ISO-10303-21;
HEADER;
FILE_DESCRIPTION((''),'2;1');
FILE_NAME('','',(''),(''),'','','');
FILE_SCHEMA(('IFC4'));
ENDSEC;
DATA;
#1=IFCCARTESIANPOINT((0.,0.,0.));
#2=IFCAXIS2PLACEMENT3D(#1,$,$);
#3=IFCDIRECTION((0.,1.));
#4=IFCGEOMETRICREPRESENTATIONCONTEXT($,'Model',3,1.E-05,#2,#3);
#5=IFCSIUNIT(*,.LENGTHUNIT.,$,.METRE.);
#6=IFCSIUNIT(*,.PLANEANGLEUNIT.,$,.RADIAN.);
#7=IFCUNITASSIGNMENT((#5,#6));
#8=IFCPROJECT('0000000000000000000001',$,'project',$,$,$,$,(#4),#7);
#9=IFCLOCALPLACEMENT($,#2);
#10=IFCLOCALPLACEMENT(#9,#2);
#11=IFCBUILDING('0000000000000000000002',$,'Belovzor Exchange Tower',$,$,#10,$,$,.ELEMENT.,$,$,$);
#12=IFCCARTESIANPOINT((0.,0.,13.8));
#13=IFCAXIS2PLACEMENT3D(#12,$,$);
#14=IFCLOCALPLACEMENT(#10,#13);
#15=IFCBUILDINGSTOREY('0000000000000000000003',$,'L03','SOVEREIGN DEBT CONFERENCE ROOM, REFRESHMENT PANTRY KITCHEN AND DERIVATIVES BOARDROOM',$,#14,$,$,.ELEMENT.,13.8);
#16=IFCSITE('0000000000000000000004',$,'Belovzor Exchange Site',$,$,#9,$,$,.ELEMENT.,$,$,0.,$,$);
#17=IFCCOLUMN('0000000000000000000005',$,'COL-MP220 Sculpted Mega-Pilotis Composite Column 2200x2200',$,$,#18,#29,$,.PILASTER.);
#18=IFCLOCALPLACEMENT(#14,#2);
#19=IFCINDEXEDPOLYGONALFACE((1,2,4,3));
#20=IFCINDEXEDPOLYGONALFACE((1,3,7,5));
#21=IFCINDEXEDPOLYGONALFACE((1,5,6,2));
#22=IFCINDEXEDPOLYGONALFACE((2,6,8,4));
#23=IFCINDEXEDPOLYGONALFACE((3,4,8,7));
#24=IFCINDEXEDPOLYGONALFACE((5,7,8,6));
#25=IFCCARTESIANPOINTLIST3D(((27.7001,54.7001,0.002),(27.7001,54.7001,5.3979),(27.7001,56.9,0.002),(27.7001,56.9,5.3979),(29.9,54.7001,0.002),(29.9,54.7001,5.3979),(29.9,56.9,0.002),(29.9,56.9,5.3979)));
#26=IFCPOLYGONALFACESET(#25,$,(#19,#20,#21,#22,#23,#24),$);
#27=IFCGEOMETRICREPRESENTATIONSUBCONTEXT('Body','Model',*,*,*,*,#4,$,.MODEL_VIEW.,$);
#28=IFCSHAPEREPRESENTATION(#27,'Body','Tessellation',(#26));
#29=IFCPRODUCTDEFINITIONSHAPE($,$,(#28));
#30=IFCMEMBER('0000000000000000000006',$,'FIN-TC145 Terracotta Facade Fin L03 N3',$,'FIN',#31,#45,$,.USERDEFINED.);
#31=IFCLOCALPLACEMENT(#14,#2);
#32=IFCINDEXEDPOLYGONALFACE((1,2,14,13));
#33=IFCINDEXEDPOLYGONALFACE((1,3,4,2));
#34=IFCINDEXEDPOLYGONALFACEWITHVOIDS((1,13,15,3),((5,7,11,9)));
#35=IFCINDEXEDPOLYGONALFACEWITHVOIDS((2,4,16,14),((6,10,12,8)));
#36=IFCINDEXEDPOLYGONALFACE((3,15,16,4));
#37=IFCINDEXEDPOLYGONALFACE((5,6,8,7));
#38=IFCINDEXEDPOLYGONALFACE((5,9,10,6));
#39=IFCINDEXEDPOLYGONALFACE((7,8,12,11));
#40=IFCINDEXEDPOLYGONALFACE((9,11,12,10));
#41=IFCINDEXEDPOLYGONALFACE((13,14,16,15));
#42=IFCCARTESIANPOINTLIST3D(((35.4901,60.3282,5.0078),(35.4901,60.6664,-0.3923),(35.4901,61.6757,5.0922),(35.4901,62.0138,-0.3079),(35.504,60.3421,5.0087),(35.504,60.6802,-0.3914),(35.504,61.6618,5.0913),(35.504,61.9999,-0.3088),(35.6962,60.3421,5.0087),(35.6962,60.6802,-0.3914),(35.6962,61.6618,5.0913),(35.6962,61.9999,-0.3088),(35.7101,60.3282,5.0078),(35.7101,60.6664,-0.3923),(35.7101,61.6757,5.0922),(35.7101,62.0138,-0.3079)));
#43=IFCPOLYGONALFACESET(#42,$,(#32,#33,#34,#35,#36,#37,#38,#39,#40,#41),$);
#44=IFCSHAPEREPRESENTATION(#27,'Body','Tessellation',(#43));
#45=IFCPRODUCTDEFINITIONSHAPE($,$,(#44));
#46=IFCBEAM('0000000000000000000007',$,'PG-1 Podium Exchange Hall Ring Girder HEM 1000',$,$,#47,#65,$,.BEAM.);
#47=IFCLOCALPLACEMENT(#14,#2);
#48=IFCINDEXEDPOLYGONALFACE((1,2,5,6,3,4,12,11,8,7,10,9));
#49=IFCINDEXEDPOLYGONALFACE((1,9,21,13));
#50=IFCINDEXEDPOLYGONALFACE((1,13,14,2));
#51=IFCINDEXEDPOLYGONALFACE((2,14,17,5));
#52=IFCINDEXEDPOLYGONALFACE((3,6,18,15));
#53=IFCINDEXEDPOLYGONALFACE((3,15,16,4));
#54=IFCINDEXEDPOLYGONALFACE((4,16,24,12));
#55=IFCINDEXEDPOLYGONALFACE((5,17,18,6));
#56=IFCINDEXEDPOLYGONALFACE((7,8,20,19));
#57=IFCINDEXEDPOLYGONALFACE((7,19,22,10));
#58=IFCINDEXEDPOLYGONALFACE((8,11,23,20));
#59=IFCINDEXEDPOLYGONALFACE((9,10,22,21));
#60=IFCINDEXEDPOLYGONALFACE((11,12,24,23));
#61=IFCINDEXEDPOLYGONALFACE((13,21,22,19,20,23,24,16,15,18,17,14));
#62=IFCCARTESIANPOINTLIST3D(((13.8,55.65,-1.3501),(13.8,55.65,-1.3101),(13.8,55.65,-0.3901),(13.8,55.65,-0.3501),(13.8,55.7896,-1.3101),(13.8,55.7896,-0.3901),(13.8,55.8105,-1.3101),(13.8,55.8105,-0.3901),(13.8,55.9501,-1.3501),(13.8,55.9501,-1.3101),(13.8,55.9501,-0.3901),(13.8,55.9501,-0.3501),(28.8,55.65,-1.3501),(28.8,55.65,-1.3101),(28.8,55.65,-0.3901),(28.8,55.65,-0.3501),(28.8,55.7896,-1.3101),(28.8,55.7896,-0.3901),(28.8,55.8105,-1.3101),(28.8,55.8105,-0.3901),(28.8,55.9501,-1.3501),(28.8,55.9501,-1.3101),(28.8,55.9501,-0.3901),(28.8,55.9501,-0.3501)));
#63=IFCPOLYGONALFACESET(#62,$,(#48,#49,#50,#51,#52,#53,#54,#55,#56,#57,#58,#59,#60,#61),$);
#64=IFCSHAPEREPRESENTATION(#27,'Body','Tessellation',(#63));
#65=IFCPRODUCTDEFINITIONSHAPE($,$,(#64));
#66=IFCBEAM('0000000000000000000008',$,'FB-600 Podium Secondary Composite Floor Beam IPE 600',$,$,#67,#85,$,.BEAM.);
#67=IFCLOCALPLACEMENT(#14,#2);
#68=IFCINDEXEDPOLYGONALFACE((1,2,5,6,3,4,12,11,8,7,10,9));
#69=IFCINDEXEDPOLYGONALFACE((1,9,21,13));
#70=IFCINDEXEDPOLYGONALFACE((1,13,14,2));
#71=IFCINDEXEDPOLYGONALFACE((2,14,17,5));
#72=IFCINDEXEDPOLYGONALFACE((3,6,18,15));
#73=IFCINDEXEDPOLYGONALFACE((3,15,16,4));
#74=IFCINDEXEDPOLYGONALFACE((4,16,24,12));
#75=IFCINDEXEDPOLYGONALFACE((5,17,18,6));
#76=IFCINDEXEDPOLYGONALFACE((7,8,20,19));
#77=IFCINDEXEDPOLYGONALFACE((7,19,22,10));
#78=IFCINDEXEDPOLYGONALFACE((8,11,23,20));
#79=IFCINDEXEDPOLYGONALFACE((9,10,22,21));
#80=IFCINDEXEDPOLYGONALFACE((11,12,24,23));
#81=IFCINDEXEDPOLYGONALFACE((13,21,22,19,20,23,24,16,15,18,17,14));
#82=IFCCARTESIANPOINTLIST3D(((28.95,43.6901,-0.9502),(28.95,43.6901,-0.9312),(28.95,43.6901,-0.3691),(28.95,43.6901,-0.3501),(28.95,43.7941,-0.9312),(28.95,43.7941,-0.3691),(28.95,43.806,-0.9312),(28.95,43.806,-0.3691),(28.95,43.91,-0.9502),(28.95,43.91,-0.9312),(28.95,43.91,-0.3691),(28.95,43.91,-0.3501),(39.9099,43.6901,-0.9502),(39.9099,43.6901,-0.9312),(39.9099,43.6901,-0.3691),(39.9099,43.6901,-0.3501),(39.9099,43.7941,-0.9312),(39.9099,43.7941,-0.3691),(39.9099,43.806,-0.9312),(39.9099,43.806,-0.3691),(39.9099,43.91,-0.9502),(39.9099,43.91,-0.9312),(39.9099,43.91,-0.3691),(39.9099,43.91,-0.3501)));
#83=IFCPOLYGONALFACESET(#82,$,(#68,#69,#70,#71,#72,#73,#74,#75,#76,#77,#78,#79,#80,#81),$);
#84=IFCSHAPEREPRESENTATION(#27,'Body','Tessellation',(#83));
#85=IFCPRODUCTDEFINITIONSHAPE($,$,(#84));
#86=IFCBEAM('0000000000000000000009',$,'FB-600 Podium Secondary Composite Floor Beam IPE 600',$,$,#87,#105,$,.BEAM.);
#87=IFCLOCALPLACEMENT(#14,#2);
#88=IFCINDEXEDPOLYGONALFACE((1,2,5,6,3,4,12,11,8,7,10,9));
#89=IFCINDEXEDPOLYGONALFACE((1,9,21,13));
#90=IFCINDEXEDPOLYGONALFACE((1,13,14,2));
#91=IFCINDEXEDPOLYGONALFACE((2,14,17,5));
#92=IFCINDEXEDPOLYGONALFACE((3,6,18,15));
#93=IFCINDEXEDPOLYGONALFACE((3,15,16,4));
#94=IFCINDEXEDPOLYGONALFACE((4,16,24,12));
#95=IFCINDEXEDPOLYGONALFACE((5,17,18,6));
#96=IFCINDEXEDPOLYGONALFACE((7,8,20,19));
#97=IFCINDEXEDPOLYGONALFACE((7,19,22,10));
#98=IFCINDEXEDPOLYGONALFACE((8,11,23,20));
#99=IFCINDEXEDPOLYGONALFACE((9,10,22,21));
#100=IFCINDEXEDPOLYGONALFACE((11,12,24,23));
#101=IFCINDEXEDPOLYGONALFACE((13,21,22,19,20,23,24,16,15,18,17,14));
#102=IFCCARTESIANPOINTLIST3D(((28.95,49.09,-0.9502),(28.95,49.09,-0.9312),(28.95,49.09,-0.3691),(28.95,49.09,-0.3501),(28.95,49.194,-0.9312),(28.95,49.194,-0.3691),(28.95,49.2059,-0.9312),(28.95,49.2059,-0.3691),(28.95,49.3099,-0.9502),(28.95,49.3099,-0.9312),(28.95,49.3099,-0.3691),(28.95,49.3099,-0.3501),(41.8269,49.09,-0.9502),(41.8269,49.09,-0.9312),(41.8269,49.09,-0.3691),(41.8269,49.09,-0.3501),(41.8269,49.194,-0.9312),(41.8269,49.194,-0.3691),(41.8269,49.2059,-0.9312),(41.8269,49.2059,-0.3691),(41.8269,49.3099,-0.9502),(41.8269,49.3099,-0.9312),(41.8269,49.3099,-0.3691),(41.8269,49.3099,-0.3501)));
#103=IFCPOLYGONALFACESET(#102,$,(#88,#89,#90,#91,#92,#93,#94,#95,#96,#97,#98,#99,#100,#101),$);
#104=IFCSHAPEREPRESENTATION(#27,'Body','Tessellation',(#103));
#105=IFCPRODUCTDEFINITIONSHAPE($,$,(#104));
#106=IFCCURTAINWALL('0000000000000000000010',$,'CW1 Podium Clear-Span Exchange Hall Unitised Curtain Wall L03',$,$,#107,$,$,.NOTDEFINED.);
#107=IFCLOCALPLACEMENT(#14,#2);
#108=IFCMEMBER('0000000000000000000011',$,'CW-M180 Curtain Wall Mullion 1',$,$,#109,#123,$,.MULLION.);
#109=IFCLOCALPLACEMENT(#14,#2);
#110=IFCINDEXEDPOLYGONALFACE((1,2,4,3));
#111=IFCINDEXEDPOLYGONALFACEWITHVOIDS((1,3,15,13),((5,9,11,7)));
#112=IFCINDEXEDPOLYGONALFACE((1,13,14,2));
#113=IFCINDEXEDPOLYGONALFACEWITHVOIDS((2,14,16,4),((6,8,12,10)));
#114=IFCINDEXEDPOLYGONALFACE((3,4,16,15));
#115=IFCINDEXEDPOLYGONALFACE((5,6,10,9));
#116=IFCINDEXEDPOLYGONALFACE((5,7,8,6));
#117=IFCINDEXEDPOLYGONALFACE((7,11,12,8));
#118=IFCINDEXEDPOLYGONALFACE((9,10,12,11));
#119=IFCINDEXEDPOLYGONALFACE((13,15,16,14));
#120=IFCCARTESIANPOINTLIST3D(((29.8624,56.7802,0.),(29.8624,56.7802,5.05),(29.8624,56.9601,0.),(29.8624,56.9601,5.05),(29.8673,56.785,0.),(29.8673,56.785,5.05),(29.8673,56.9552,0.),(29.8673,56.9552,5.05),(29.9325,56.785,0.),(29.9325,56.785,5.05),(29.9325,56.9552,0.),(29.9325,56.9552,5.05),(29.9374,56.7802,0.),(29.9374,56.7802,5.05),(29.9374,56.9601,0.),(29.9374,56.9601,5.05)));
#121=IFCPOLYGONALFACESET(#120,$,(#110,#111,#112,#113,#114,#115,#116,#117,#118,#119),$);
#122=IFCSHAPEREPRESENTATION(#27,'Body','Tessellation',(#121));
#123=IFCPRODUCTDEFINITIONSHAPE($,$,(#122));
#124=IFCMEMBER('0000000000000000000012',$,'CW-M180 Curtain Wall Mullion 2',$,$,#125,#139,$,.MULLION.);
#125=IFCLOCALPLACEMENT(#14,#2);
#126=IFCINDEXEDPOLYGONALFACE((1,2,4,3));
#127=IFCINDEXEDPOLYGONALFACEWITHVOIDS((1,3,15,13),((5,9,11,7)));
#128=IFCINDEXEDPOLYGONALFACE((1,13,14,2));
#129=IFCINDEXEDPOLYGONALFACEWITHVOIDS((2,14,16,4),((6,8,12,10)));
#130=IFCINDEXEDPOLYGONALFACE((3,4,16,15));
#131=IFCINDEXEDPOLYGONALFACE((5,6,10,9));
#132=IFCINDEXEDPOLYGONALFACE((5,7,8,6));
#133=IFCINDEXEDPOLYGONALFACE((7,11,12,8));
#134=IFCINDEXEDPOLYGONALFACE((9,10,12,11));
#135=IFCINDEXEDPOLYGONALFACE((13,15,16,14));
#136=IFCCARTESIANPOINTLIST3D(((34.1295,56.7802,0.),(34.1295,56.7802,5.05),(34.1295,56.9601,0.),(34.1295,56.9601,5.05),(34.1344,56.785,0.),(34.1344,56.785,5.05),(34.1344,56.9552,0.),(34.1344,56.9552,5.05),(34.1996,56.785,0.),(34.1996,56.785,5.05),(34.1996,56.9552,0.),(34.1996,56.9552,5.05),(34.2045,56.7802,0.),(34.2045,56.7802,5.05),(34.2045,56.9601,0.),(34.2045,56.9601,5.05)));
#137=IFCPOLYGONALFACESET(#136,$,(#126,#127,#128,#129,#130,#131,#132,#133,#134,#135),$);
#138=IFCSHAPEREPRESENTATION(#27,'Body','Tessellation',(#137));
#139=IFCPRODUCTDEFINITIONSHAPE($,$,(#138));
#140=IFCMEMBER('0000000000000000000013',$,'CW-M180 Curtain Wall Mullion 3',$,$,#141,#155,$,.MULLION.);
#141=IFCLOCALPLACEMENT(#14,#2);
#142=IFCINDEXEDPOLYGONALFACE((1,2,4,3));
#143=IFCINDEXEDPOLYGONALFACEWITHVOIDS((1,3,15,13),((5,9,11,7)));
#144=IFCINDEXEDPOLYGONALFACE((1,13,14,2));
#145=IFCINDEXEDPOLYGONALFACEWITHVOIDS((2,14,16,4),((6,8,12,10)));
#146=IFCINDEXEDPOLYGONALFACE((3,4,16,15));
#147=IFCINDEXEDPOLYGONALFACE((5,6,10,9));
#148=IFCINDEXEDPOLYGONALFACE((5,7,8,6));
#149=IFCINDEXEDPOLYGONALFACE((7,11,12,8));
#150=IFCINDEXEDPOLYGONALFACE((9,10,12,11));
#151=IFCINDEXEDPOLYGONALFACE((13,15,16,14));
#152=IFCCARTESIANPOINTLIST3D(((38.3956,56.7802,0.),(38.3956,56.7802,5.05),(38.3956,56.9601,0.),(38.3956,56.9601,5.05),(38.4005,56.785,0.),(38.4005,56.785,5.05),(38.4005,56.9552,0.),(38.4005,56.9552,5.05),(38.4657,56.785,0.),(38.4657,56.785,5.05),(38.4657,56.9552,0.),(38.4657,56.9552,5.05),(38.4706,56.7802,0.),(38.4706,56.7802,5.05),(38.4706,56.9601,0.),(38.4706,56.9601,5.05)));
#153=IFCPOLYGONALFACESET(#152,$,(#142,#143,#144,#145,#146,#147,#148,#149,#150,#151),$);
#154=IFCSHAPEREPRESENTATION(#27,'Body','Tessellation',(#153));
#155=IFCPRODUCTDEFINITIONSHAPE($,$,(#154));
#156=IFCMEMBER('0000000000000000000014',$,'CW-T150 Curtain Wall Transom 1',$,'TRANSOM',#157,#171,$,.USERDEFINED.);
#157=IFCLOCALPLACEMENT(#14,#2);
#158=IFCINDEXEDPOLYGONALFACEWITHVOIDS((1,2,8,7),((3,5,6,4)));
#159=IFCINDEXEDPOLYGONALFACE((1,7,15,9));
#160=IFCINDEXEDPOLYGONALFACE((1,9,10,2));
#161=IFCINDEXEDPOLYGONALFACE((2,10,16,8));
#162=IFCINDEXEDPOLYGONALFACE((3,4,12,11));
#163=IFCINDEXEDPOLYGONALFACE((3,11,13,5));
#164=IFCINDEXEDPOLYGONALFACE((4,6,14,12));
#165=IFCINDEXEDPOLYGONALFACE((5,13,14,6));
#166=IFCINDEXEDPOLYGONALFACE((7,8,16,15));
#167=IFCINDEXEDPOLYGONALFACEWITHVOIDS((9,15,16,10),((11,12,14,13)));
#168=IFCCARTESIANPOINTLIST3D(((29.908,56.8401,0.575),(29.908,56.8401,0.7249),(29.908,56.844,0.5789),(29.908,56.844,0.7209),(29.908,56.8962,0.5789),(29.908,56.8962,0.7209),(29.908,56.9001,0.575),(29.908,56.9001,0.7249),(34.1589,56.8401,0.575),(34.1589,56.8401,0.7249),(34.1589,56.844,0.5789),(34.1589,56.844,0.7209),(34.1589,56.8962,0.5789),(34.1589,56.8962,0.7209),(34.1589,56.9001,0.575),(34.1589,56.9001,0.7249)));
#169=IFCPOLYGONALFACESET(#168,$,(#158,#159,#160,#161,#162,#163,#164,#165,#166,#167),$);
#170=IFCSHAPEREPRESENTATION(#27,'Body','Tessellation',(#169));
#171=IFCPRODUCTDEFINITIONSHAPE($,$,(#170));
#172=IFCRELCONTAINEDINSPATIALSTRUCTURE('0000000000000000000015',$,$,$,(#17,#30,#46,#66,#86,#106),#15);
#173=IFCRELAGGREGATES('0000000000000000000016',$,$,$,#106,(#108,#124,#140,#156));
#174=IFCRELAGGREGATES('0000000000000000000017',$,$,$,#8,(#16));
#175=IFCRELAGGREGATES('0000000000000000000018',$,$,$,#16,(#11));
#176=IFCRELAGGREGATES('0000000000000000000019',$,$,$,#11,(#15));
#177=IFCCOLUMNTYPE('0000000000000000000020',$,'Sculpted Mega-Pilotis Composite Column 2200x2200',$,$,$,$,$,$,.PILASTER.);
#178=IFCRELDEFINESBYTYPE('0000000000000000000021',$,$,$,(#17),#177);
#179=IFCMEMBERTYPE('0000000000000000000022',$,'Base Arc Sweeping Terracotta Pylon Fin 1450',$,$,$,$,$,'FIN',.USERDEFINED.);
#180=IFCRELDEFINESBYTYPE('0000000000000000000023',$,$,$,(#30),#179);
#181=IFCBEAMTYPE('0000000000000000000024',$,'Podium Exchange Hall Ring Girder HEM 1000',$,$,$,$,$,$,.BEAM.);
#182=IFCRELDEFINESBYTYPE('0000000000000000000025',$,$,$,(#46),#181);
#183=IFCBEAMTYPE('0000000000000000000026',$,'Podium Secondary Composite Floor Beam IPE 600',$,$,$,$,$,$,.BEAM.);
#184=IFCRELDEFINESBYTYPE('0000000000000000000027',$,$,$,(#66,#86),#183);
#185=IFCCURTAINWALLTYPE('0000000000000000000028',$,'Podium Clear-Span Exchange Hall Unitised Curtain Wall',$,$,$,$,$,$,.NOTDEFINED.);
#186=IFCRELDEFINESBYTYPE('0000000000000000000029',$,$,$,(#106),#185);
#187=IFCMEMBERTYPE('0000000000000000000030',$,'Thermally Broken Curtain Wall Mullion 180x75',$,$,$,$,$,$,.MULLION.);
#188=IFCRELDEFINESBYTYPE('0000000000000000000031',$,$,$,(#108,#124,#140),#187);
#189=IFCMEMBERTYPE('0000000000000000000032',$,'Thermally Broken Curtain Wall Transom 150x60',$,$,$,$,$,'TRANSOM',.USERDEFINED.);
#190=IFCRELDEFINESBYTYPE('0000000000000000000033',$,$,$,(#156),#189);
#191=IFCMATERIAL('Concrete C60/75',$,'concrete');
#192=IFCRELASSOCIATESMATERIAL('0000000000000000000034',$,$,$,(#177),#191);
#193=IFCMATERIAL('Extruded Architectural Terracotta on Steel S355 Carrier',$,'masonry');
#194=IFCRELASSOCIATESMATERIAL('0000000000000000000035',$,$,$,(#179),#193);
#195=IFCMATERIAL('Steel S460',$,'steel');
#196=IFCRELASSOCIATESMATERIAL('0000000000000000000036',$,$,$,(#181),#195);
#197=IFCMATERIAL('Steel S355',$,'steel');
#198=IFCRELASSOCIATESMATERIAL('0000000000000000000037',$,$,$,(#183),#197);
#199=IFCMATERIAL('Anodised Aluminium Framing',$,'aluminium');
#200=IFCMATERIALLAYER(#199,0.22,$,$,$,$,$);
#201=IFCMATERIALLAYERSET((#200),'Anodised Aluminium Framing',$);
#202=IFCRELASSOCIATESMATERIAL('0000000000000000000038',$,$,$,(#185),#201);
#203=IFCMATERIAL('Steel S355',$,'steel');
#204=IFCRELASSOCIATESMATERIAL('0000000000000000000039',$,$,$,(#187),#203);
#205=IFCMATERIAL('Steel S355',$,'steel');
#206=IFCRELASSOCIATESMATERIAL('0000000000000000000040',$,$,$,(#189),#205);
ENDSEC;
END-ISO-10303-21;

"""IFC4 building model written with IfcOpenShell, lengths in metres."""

from ifc_helpers import new_model, si_unit, direction, frame, origin, origin_2d, place, context, subcontext, project, spatial, rectangle, hollow_rectangle, i_section, extrude, material, layer, layer_set, material_profile, profile_set, type_object, element, aggregate, save


model = new_model("IFC4")

# Units and contexts
model_context = context("Model", 3, precision=1e-05, world=origin(), true_north=direction((0.0, 1.0)))
body_context = subcontext(model_context, "Body", "Model", "MODEL_VIEW")
ifc_project = project(units=[si_unit("LENGTHUNIT", "METRE"), si_unit("PLANEANGLEUNIT", "RADIAN")], contexts=[model_context])

# Site, building, storey
site_placement = place(None, origin())
site = spatial("IfcSite", under=ifc_project, at=site_placement, Name="Belovzor Exchange Site", CompositionType="ELEMENT", RefElevation=0.0)
building_placement = place(site_placement, origin())
building = spatial("IfcBuilding", under=site, at=building_placement, Name="Belovzor Exchange Tower", CompositionType="ELEMENT")
storey_placement = place(building_placement, frame((0.0, 0.0, 13.8)))
storey = spatial("IfcBuildingStorey", under=building, at=storey_placement, Name="L03", Description="SOVEREIGN DEBT CONFERENCE ROOM, REFRESHMENT PANTRY KITCHEN AND DERIVATIVES BOARDROOM", CompositionType="ELEMENT", Elevation=13.8)

# Column
ifc_material_1 = material(Name="Concrete C60/75", Category="concrete")
ifc_material_profile_1 = material_profile(ifc_material_1, rectangle(XDim=2.2, YDim=2.2, at=origin_2d()))
ifc_profile_set_1 = profile_set([ifc_material_profile_1], Name="Concrete C60/75")
column_type = type_object("IfcColumnType", Name="Sculpted Mega-Pilotis Composite Column 2200x2200", PredefinedType="PILASTER", material=ifc_profile_set_1)
column_placement = place(storey_placement, frame((28.8, 55.8, 0.002), z_axis=(0.0, 0.0, 1.0), x_axis=(1.0, 0.0, 0.0)))
element("IfcColumn", 1, at=column_placement, inside=storey, type_object=column_type, Name="COL-MP220 Sculpted Mega-Pilotis Composite Column 2200x2200", PredefinedType="PILASTER", context=body_context, shape_type="SweptSolid", body=[
    extrude(rectangle(XDim=2.2, YDim=2.2, at=origin_2d()), origin(), (0.0, 0.0, 1.0), 5.396),
])

# Member
ifc_material_2 = material(Name="Extruded Architectural Terracotta on Steel S355 Carrier", Category="masonry")
ifc_material_profile_2 = material_profile(ifc_material_2, hollow_rectangle(XDim=0.22, YDim=1.3501, WallThickness=0.0139, at=origin_2d()))
ifc_profile_set_2 = profile_set([ifc_material_profile_2], Name="Extruded Architectural Terracotta on Steel S355 Carrier")
member_type_1 = type_object("IfcMemberType", Name="Base Arc Sweeping Terracotta Pylon Fin 1450", ElementType="FIN", PredefinedType="USERDEFINED", material=ifc_profile_set_2)
member_1_placement = place(storey_placement, frame((35.6001, 61.3401, -0.3501), z_axis=(0.0, -0.062493, 0.998045), x_axis=(1.0, 0.0, 0.0)))
element("IfcMember", 2, at=member_1_placement, inside=storey, type_object=member_type_1, Name="FIN-TC145 Terracotta Facade Fin L03 N3", ObjectType="FIN", PredefinedType="USERDEFINED", context=body_context, shape_type="SweptSolid", body=[
    extrude(hollow_rectangle(XDim=0.22, YDim=1.3501, WallThickness=0.0139, at=origin_2d()), origin(), (0.0, 0.0, 1.0), 5.4106),
])

# Beams
ifc_material_3 = material(Name="Steel S460", Category="steel")
ifc_material_profile_3 = material_profile(ifc_material_3, i_section(OverallWidth=0.3, OverallDepth=1.0, WebThickness=0.021, FlangeThickness=0.04, at=origin_2d()))
ifc_profile_set_3 = profile_set([ifc_material_profile_3], Name="Steel S460")
beam_type_1 = type_object("IfcBeamType", Name="Podium Exchange Hall Ring Girder HEM 1000", PredefinedType="BEAM", material=ifc_profile_set_3)
beam_1_placement = place(storey_placement, frame((28.8, 55.8, -0.8501), z_axis=(-1.0, 0.0, 0.0), x_axis=(0.0, -1.0, 0.0)))
element("IfcBeam", 3, at=beam_1_placement, inside=storey, type_object=beam_type_1, Name="PG-1 Podium Exchange Hall Ring Girder HEM 1000", PredefinedType="BEAM", context=body_context, shape_type="SweptSolid", body=[
    extrude(i_section(OverallWidth=0.3, OverallDepth=1.0, WebThickness=0.021, FlangeThickness=0.04, at=origin_2d()), origin(), (0.0, 0.0, 1.0), 15.0),
])
ifc_material_4 = material(Name="Steel S355", Category="steel")
ifc_material_profile_4 = material_profile(ifc_material_4, i_section(OverallWidth=0.22, OverallDepth=0.6001, WebThickness=0.012, FlangeThickness=0.019, at=origin_2d()))
ifc_profile_set_4 = profile_set([ifc_material_profile_4], Name="Steel S355")
beam_type_2 = type_object("IfcBeamType", Name="Podium Secondary Composite Floor Beam IPE 600", PredefinedType="BEAM", material=ifc_profile_set_4)
beam_2_placement = place(storey_placement, frame((28.95, 43.8, -0.6501), z_axis=(1.0, 0.0, 0.0), x_axis=(0.0, 1.0, 0.0)))
element("IfcBeam", 4, at=beam_2_placement, inside=storey, type_object=beam_type_2, Name="FB-600 Podium Secondary Composite Floor Beam IPE 600", PredefinedType="BEAM", context=body_context, shape_type="SweptSolid", body=[
    extrude(i_section(OverallWidth=0.22, OverallDepth=0.6001, WebThickness=0.012, FlangeThickness=0.019, at=origin_2d()), origin(), (0.0, 0.0, 1.0), 10.96),
])
beam_3_placement = place(storey_placement, frame((28.95, 49.2, -0.6501), z_axis=(1.0, 0.0, 0.0), x_axis=(0.0, 1.0, 0.0)))
element("IfcBeam", 5, at=beam_3_placement, inside=storey, type_object=beam_type_2, Name="FB-600 Podium Secondary Composite Floor Beam IPE 600", PredefinedType="BEAM", context=body_context, shape_type="SweptSolid", body=[
    extrude(i_section(OverallWidth=0.22, OverallDepth=0.6001, WebThickness=0.012, FlangeThickness=0.019, at=origin_2d()), origin(), (0.0, 0.0, 1.0), 12.877),
])

# Curtain wall, members
ifc_material_5 = material(Name="Anodised Aluminium Framing", Category="aluminium")
ifc_layer_1 = layer(ifc_material_5, 0.22)
ifc_layer_set_1 = layer_set([ifc_layer_1], Name="Anodised Aluminium Framing")
curtain_wall_type = type_object("IfcCurtainWallType", Name="Podium Clear-Span Exchange Hall Unitised Curtain Wall", PredefinedType="NOTDEFINED", material=ifc_layer_set_1)
curtain_wall_placement = place(storey_placement, origin())
curtain_wall = element("IfcCurtainWall", 6, at=curtain_wall_placement, inside=storey, type_object=curtain_wall_type, Name="CW1 Podium Clear-Span Exchange Hall Unitised Curtain Wall L03", PredefinedType="NOTDEFINED")
ifc_material_6 = material(Name="Steel S355", Category="steel")
ifc_material_profile_5 = material_profile(ifc_material_6, hollow_rectangle(XDim=0.075, YDim=0.1799, WallThickness=0.0049, at=origin_2d()))
ifc_profile_set_5 = profile_set([ifc_material_profile_5], Name="Steel S355")
member_type_2 = type_object("IfcMemberType", Name="Thermally Broken Curtain Wall Mullion 180x75", PredefinedType="MULLION", material=ifc_profile_set_5)
member_2_placement = place(storey_placement, frame((29.8999, 56.8701, 0.0), z_axis=(0.0, 0.0, 1.0), x_axis=(1.0, 0.0, 0.0)))
member_2 = element("IfcMember", 7, at=member_2_placement, type_object=member_type_2, Name="CW-M180 Curtain Wall Mullion 1", PredefinedType="MULLION", context=body_context, shape_type="SweptSolid", body=[
    extrude(hollow_rectangle(XDim=0.075, YDim=0.1799, WallThickness=0.0049, at=origin_2d()), origin(), (0.0, 0.0, 1.0), 5.05),
])
member_3_placement = place(storey_placement, frame((34.167, 56.8701, 0.0), z_axis=(0.0, 0.0, 1.0), x_axis=(1.0, 0.0, 0.0)))
member_3 = element("IfcMember", 8, at=member_3_placement, type_object=member_type_2, Name="CW-M180 Curtain Wall Mullion 2", PredefinedType="MULLION", context=body_context, shape_type="SweptSolid", body=[
    extrude(hollow_rectangle(XDim=0.075, YDim=0.1799, WallThickness=0.0049, at=origin_2d()), origin(), (0.0, 0.0, 1.0), 5.05),
])
member_4_placement = place(storey_placement, frame((38.4331, 56.8701, 0.0), z_axis=(0.0, 0.0, 1.0), x_axis=(1.0, 0.0, 0.0)))
member_4 = element("IfcMember", 9, at=member_4_placement, type_object=member_type_2, Name="CW-M180 Curtain Wall Mullion 3", PredefinedType="MULLION", context=body_context, shape_type="SweptSolid", body=[
    extrude(hollow_rectangle(XDim=0.075, YDim=0.1799, WallThickness=0.0049, at=origin_2d()), origin(), (0.0, 0.0, 1.0), 5.05),
])
ifc_material_7 = material(Name="Steel S355", Category="steel")
ifc_material_profile_6 = material_profile(ifc_material_7, hollow_rectangle(XDim=0.0601, YDim=0.1499, WallThickness=0.0039, at=origin_2d()))
ifc_profile_set_6 = profile_set([ifc_material_profile_6], Name="Steel S355")
member_type_3 = type_object("IfcMemberType", Name="Thermally Broken Curtain Wall Transom 150x60", ElementType="TRANSOM", PredefinedType="USERDEFINED", material=ifc_profile_set_6)
member_5_placement = place(storey_placement, frame((29.908, 56.8701, 0.6499), z_axis=(1.0, 0.0, 0.0), x_axis=(0.0, 1.0, 0.0)))
member_5 = element("IfcMember", 10, at=member_5_placement, type_object=member_type_3, Name="CW-T150 Curtain Wall Transom 1", ObjectType="TRANSOM", PredefinedType="USERDEFINED", context=body_context, shape_type="SweptSolid", body=[
    extrude(hollow_rectangle(XDim=0.0601, YDim=0.1499, WallThickness=0.0039, at=origin_2d()), origin(), (0.0, 0.0, 1.0), 4.251),
])

aggregate(curtain_wall, [member_2, member_3, member_4, member_5])

save(model, "model.ifc")
